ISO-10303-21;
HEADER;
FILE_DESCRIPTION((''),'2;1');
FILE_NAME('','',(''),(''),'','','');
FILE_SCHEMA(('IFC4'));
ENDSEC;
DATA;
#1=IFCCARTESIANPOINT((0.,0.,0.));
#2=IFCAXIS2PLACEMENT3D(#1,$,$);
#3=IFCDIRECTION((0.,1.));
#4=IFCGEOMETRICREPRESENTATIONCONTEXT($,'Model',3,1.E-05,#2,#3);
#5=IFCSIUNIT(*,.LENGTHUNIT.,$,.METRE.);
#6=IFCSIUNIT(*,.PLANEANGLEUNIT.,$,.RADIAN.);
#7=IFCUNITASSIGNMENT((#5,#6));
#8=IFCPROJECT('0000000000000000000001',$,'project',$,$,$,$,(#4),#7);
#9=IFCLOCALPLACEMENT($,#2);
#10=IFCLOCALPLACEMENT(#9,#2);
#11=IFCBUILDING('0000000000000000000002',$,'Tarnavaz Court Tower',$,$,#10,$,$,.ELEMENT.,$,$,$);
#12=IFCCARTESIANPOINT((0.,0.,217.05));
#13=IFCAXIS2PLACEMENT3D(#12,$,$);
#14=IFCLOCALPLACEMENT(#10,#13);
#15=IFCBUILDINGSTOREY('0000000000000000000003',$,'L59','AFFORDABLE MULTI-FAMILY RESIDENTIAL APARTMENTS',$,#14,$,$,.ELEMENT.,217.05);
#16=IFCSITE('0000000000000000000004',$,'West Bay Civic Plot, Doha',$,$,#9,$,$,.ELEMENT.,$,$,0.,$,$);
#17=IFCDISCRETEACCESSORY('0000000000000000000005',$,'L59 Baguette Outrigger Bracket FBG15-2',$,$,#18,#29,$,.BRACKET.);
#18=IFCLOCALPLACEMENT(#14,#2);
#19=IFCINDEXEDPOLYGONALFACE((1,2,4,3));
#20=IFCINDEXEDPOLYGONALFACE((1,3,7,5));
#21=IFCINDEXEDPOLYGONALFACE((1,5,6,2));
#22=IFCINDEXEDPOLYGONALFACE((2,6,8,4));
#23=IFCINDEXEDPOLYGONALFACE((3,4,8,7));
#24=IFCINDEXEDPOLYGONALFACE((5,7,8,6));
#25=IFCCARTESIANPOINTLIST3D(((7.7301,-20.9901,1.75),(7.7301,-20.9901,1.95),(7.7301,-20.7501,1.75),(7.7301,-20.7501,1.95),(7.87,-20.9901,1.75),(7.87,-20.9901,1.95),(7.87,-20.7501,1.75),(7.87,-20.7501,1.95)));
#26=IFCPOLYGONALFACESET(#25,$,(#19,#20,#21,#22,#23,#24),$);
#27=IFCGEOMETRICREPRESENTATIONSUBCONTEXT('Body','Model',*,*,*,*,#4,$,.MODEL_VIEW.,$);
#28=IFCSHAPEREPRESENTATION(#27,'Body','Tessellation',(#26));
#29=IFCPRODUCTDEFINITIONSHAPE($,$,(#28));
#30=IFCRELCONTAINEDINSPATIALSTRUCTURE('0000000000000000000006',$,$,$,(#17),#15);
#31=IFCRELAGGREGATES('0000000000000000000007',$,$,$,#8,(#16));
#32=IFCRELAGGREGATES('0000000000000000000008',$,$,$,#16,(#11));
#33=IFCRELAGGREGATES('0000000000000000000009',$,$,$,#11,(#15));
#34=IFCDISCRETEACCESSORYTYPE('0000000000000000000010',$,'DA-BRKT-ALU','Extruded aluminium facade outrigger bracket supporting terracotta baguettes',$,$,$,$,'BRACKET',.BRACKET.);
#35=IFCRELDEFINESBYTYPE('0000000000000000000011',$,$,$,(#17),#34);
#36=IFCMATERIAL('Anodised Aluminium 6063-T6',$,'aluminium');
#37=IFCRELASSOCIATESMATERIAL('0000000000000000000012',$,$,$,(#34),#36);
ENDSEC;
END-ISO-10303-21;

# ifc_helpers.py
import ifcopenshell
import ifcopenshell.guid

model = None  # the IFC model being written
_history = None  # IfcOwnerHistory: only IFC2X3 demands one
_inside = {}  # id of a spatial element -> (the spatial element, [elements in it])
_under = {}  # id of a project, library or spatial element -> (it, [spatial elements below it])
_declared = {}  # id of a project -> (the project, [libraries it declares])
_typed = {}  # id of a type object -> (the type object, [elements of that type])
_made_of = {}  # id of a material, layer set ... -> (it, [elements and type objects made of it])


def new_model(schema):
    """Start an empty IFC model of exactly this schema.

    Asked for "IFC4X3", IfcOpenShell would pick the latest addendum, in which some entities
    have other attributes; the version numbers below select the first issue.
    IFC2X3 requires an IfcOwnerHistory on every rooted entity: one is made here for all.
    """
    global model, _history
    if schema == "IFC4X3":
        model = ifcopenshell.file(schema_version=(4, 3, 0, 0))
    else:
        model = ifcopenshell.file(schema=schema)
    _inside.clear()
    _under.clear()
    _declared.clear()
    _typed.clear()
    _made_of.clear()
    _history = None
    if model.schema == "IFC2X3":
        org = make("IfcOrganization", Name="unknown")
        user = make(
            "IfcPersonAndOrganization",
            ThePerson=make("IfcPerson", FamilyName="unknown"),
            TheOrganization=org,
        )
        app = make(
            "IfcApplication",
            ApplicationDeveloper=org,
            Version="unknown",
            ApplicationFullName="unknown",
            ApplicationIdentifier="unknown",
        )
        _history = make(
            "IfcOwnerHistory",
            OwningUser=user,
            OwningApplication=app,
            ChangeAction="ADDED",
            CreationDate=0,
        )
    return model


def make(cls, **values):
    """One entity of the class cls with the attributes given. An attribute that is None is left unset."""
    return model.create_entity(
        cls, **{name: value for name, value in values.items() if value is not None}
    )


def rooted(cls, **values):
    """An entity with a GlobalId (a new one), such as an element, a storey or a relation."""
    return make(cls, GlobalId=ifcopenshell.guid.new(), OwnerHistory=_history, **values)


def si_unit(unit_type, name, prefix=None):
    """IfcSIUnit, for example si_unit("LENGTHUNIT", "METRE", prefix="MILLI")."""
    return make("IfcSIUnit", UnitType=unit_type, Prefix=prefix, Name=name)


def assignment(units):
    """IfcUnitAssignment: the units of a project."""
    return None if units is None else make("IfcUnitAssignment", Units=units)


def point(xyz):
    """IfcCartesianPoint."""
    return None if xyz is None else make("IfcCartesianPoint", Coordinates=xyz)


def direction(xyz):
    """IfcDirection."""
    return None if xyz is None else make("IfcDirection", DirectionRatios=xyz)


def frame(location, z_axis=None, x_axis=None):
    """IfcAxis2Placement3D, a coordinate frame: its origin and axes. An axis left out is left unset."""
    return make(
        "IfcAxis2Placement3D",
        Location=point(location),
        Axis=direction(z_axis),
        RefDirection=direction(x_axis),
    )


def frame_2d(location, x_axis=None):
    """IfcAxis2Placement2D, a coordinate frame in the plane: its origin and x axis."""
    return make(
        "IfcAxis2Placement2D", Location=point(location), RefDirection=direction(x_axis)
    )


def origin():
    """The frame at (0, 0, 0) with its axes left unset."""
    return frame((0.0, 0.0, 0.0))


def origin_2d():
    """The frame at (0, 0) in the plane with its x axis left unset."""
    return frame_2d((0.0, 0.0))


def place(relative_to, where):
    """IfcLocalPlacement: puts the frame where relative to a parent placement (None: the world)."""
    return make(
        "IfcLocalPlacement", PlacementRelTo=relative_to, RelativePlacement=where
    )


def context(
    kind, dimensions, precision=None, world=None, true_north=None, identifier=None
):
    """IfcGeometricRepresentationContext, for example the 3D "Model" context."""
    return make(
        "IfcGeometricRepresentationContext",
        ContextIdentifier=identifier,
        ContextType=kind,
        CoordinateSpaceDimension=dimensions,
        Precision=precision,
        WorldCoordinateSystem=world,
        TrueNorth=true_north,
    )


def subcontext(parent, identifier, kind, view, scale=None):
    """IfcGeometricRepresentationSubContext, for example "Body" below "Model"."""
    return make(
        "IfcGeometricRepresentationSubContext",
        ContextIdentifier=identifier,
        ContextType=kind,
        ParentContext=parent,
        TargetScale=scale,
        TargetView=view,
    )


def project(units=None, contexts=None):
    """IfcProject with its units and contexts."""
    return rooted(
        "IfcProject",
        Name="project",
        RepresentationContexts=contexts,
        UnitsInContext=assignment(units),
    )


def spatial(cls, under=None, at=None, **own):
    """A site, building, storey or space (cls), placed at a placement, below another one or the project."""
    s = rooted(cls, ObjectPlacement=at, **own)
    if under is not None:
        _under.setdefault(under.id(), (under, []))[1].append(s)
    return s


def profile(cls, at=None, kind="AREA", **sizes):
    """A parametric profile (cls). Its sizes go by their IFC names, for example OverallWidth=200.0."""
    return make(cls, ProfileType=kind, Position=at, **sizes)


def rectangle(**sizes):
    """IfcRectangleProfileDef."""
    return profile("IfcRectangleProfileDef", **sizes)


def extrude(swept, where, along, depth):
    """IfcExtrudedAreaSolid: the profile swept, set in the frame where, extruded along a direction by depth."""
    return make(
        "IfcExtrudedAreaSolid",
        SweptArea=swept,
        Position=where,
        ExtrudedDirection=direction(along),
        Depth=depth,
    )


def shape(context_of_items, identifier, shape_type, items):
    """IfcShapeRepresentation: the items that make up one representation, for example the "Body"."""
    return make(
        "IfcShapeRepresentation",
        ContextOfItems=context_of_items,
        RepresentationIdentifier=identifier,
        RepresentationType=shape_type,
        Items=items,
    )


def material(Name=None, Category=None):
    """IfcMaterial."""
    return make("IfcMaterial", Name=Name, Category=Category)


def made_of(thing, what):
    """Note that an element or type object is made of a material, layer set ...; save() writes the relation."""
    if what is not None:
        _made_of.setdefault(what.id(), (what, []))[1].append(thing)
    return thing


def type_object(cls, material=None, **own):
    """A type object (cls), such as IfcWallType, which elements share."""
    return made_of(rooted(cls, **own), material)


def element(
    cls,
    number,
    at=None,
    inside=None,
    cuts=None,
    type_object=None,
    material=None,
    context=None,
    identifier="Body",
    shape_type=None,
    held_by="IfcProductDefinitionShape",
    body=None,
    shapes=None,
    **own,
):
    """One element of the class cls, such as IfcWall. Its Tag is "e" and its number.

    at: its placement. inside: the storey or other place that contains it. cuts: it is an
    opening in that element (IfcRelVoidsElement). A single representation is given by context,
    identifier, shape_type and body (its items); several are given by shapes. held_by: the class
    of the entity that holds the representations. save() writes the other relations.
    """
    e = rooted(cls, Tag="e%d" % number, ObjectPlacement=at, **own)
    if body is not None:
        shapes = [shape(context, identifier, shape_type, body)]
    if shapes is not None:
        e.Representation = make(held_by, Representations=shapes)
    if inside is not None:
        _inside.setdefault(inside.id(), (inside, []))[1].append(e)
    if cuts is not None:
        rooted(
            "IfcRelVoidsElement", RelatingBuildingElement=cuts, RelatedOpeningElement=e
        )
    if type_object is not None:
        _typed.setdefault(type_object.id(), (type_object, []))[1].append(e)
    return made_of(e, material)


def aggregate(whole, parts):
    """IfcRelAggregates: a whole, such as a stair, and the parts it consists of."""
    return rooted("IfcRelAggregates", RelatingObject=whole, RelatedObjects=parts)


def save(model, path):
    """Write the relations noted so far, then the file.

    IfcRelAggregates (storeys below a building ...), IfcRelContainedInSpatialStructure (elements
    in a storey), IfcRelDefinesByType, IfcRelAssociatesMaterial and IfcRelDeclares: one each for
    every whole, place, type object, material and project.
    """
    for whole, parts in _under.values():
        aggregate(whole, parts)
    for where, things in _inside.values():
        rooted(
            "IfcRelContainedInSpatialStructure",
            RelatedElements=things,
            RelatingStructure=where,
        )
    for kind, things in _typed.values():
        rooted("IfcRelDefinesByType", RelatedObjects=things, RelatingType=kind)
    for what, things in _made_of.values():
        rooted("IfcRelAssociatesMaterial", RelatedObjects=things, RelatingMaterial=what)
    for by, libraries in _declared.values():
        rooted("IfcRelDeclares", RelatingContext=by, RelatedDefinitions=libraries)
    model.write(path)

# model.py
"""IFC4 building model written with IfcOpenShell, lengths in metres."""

from ifc_helpers import new_model, si_unit, direction, frame, origin, origin_2d, place, context, subcontext, project, spatial, rectangle, extrude, material, type_object, element, save


model = new_model("IFC4")

# Units and contexts
model_context = context("Model", 3, precision=1e-05, world=origin(), true_north=direction((0.0, 1.0)))
body_context = subcontext(model_context, "Body", "Model", "MODEL_VIEW")
ifc_project = project(units=[si_unit("LENGTHUNIT", "METRE"), si_unit("PLANEANGLEUNIT", "RADIAN")], contexts=[model_context])

# Site, building, storey
site_placement = place(None, origin())
site = spatial("IfcSite", under=ifc_project, at=site_placement, Name="West Bay Civic Plot, Doha", CompositionType="ELEMENT", RefElevation=0.0)
building_placement = place(site_placement, origin())
building = spatial("IfcBuilding", under=site, at=building_placement, Name="Tarnavaz Court Tower", CompositionType="ELEMENT")
storey_placement = place(building_placement, frame((0.0, 0.0, 217.05)))
storey = spatial("IfcBuildingStorey", under=building, at=storey_placement, Name="L59", Description="AFFORDABLE MULTI-FAMILY RESIDENTIAL APARTMENTS", CompositionType="ELEMENT", Elevation=217.05)

# Discrete accessory
ifc_material_1 = material(Name="Anodised Aluminium 6063-T6", Category="aluminium")
discrete_accessory_type = type_object("IfcDiscreteAccessoryType", Name="DA-BRKT-ALU", Description="Extruded aluminium facade outrigger bracket supporting terracotta baguettes", ElementType="BRACKET", PredefinedType="BRACKET", material=ifc_material_1)
discrete_accessory_placement = place(storey_placement, frame((7.8, -20.8701, 1.75), z_axis=(0.0, 0.0, 1.0), x_axis=(-1.0, 0.0, 0.0)))
element("IfcDiscreteAccessory", 1, at=discrete_accessory_placement, inside=storey, type_object=discrete_accessory_type, Name="L59 Baguette Outrigger Bracket FBG15-2", PredefinedType="BRACKET", context=body_context, shape_type="SweptSolid", body=[
    extrude(rectangle(XDim=0.1399, YDim=0.24, at=origin_2d()), origin(), (0.0, 0.0, 1.0), 0.2),
])

save(model, "model.ifc")
